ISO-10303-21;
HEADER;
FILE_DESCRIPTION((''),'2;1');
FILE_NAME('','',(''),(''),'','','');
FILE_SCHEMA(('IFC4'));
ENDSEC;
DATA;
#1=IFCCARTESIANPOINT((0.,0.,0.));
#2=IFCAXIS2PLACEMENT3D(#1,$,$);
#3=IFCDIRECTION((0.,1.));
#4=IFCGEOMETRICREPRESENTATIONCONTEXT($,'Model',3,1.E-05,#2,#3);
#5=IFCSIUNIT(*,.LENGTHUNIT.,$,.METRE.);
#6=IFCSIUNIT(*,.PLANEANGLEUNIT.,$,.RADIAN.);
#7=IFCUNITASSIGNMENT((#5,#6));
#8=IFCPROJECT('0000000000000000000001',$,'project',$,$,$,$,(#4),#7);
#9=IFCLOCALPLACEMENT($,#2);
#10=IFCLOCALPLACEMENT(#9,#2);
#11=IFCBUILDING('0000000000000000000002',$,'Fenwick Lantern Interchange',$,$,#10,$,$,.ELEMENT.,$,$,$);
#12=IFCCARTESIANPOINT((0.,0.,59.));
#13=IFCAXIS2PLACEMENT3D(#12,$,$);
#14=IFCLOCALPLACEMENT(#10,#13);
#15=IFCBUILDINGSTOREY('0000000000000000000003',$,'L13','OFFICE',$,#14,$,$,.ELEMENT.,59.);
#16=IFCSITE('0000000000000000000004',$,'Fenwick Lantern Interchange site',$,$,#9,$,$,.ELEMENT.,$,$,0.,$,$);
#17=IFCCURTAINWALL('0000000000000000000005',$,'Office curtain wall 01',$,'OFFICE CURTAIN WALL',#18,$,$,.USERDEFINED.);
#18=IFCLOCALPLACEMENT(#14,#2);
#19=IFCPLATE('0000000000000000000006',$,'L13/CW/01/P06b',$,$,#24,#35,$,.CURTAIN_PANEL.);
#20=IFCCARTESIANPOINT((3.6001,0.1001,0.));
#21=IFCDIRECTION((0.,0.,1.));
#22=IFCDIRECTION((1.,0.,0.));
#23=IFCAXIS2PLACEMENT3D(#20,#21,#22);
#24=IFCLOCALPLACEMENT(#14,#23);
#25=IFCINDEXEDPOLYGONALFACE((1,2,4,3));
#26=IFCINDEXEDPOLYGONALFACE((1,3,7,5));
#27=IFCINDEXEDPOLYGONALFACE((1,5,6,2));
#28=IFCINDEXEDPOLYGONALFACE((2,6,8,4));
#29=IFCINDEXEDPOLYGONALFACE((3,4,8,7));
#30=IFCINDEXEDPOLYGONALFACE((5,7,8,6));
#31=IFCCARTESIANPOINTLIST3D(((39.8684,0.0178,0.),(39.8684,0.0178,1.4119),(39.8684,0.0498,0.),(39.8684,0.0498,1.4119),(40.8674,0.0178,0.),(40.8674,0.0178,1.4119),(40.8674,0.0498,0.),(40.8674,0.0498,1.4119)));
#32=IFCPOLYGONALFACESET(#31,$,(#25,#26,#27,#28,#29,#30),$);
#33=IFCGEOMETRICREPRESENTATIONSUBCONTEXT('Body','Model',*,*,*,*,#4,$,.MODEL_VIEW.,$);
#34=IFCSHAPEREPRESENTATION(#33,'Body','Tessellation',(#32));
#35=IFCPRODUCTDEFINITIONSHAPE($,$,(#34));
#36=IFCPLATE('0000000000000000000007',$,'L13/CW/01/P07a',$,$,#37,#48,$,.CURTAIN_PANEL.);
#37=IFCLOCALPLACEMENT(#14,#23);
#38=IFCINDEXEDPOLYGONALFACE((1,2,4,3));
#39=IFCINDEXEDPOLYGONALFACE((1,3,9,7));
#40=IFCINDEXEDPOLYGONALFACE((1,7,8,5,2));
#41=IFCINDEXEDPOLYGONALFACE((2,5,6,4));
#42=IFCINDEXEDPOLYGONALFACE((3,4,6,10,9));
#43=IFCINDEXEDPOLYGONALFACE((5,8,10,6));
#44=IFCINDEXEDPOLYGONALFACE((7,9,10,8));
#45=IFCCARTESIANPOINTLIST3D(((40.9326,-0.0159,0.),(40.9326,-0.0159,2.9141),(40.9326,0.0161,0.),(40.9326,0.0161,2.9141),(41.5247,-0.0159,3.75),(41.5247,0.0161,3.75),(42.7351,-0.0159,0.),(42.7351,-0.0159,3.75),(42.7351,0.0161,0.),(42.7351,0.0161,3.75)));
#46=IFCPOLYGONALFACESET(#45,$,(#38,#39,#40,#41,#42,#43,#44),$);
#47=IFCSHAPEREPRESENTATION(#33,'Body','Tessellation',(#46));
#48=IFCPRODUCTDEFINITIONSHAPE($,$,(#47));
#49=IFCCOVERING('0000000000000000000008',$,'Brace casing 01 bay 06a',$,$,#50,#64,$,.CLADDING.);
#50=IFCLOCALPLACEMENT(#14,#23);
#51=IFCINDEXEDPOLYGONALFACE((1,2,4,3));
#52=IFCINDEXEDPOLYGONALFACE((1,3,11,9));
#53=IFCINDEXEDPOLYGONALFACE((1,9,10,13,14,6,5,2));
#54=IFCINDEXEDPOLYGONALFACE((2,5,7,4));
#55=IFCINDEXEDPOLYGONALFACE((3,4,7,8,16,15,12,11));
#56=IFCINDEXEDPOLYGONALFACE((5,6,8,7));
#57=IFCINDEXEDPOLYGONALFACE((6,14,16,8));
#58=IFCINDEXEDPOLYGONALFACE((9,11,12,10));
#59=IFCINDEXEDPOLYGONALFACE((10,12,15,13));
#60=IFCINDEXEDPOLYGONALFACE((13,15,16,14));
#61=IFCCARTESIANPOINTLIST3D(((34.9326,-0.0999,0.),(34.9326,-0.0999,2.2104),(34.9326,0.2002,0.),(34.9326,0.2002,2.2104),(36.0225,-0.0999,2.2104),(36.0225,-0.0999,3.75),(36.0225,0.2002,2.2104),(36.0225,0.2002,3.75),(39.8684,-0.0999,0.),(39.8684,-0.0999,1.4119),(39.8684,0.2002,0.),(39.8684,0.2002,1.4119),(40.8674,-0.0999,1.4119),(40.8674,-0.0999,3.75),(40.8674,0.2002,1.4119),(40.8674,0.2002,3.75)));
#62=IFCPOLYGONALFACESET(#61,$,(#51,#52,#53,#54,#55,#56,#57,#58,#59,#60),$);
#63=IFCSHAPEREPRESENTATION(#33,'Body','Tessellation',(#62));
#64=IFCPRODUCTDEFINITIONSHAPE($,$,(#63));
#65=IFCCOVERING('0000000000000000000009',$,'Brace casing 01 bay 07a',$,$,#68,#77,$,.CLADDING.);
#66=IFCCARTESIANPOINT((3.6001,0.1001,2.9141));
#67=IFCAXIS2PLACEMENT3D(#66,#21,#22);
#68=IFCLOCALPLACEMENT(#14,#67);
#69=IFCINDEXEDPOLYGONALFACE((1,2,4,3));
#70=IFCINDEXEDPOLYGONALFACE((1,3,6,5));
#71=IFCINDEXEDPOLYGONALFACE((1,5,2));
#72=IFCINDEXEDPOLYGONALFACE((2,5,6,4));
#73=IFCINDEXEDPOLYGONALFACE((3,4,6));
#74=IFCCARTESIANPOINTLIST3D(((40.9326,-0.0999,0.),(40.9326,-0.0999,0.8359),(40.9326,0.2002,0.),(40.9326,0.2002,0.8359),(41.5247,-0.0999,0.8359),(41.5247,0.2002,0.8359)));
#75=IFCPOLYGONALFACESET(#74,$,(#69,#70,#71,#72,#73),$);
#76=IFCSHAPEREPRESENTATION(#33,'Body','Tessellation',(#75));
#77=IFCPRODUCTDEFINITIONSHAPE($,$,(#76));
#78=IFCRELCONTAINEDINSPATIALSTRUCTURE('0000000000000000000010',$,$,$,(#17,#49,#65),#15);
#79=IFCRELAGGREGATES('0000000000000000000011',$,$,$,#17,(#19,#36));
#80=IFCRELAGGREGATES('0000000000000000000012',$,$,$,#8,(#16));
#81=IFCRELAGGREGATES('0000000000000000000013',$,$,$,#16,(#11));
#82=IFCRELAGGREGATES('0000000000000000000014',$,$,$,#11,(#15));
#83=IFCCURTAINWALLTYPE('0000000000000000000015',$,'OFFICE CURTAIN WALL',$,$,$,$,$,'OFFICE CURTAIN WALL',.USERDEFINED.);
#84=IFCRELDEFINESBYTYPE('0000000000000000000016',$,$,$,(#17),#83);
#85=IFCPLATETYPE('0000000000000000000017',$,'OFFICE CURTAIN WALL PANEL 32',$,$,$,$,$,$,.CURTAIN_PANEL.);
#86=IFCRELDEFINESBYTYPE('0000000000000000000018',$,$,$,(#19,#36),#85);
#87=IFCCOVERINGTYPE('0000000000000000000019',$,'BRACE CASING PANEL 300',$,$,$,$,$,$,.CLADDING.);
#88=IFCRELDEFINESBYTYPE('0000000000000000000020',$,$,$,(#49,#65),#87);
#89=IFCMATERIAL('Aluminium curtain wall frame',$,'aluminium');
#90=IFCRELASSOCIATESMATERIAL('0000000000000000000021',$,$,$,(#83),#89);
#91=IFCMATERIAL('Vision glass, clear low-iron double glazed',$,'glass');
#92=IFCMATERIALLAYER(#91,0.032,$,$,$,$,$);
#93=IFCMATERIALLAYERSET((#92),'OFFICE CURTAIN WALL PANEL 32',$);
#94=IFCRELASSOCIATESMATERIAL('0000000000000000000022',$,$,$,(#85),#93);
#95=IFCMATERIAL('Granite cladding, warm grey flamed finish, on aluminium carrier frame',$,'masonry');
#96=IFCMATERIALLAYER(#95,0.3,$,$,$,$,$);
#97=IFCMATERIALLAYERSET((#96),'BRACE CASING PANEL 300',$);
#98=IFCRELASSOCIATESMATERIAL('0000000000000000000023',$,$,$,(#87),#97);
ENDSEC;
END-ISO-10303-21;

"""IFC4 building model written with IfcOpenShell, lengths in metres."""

from ifc_helpers import new_model, si_unit, direction, frame, origin, place, context, subcontext, project, spatial, polyline, outline, extrude, material, layer, layer_set, type_object, element, aggregate, save


model = new_model("IFC4")

# Units and contexts
model_context = context("Model", 3, precision=1e-05, world=origin(), true_north=direction((0.0, 1.0)))
body_context = subcontext(model_context, "Body", "Model", "MODEL_VIEW")
ifc_project = project(units=[si_unit("LENGTHUNIT", "METRE"), si_unit("PLANEANGLEUNIT", "RADIAN")], contexts=[model_context])

# Site, building, storey
site_placement = place(None, origin())
site = spatial("IfcSite", under=ifc_project, at=site_placement, Name="Fenwick Lantern Interchange site", CompositionType="ELEMENT", RefElevation=0.0)
building_placement = place(site_placement, origin())
building = spatial("IfcBuilding", under=site, at=building_placement, Name="Fenwick Lantern Interchange", CompositionType="ELEMENT")
storey_placement = place(building_placement, frame((0.0, 0.0, 59.0)))
storey = spatial("IfcBuildingStorey", under=building, at=storey_placement, Name="L13", Description="OFFICE", CompositionType="ELEMENT", Elevation=59.0)

# Curtain wall
ifc_material_1 = material(Name="Aluminium curtain wall frame", Category="aluminium")
curtain_wall_type = type_object("IfcCurtainWallType", Name="OFFICE CURTAIN WALL", ElementType="OFFICE CURTAIN WALL", PredefinedType="USERDEFINED", material=ifc_material_1)
curtain_wall_1_placement = place(storey_placement, origin())
curtain_wall_1 = element("IfcCurtainWall", 1, at=curtain_wall_1_placement, inside=storey, type_object=curtain_wall_type, Name="Office curtain wall 01", ObjectType="OFFICE CURTAIN WALL", PredefinedType="USERDEFINED")

# Plates
ifc_material_2 = material(Name="Vision glass, clear low-iron double glazed", Category="glass")
ifc_layer_1 = layer(ifc_material_2, 0.032)
ifc_layer_set_1 = layer_set([ifc_layer_1], Name="OFFICE CURTAIN WALL PANEL 32")
plate_type = type_object("IfcPlateType", Name="OFFICE CURTAIN WALL PANEL 32", PredefinedType="CURTAIN_PANEL", material=ifc_layer_set_1)
plate_1_placement = place(storey_placement, frame((3.6001, 0.1001, 0.0), z_axis=(0.0, 0.0, 1.0), x_axis=(1.0, 0.0, 0.0)))
plate_1 = element("IfcPlate", 2, at=plate_1_placement, type_object=plate_type, Name="L13/CW/01/P06b", PredefinedType="CURTAIN_PANEL", context=body_context, shape_type="SweptSolid", body=[
    extrude(outline(polyline([(39.8684, 0.0), (40.8674, 0.0), (40.8674, 1.4119), (39.8684, 1.4119), (39.8684, 0.0)])), frame((0.0, 0.0498, 0.0), z_axis=(0.0, -1.0, 0.0), x_axis=(1.0, 0.0, 0.0)), (0.0, 0.0, 1.0), 0.032),
])
plate_2_placement = place(storey_placement, frame((3.6001, 0.1001, 0.0), z_axis=(0.0, 0.0, 1.0), x_axis=(1.0, 0.0, 0.0)))
plate_2 = element("IfcPlate", 3, at=plate_2_placement, type_object=plate_type, Name="L13/CW/01/P07a", PredefinedType="CURTAIN_PANEL", context=body_context, shape_type="SweptSolid", body=[
    extrude(outline(polyline([(40.9326, 0.0), (42.7351, 0.0), (42.7351, 3.75), (41.5247, 3.75), (40.9326, 2.9141), (40.9326, 0.0)])), frame((0.0, 0.0161, 0.0), z_axis=(0.0, -1.0, 0.0), x_axis=(1.0, 0.0, 0.0)), (0.0, 0.0, 1.0), 0.032),
])
aggregate(curtain_wall_1, [plate_1, plate_2])

# Coverings
ifc_material_3 = material(Name="Granite cladding, warm grey flamed finish, on aluminium carrier frame", Category="masonry")
ifc_layer_2 = layer(ifc_material_3, 0.3)
ifc_layer_set_2 = layer_set([ifc_layer_2], Name="BRACE CASING PANEL 300")
covering_type = type_object("IfcCoveringType", Name="BRACE CASING PANEL 300", PredefinedType="CLADDING", material=ifc_layer_set_2)
covering_1_placement = place(storey_placement, frame((3.6001, 0.1001, 0.0), z_axis=(0.0, 0.0, 1.0), x_axis=(1.0, 0.0, 0.0)))
element("IfcCovering", 4, at=covering_1_placement, inside=storey, type_object=covering_type, Name="Brace casing 01 bay 06a", PredefinedType="CLADDING", context=body_context, shape_type="SweptSolid", body=[
    extrude(outline(polyline([(34.9326, 0.0), (39.8684, 0.0), (39.8684, 1.4119), (40.8674, 1.4119), (40.8674, 3.75), (36.0225, 3.75), (36.0225, 2.2104), (34.9326, 2.2104), (34.9326, 0.0)])), frame((0.0, 0.2002, 0.0), z_axis=(0.0, -1.0, 0.0), x_axis=(1.0, 0.0, 0.0)), (0.0, 0.0, 1.0), 0.3),
])
covering_2_placement = place(storey_placement, frame((3.6001, 0.1001, 2.9141), z_axis=(0.0, 0.0, 1.0), x_axis=(1.0, 0.0, 0.0)))
element("IfcCovering", 5, at=covering_2_placement, inside=storey, type_object=covering_type, Name="Brace casing 01 bay 07a", PredefinedType="CLADDING", context=body_context, shape_type="SweptSolid", body=[
    extrude(outline(polyline([(40.9326, 0.0), (41.5247, 0.8359), (40.9326, 0.8359), (40.9326, 0.0)])), frame((0.0, 0.2002, 0.0), z_axis=(0.0, -1.0, 0.0), x_axis=(1.0, 0.0, 0.0)), (0.0, 0.0, 1.0), 0.3),
])

save(model, "model.ifc")
